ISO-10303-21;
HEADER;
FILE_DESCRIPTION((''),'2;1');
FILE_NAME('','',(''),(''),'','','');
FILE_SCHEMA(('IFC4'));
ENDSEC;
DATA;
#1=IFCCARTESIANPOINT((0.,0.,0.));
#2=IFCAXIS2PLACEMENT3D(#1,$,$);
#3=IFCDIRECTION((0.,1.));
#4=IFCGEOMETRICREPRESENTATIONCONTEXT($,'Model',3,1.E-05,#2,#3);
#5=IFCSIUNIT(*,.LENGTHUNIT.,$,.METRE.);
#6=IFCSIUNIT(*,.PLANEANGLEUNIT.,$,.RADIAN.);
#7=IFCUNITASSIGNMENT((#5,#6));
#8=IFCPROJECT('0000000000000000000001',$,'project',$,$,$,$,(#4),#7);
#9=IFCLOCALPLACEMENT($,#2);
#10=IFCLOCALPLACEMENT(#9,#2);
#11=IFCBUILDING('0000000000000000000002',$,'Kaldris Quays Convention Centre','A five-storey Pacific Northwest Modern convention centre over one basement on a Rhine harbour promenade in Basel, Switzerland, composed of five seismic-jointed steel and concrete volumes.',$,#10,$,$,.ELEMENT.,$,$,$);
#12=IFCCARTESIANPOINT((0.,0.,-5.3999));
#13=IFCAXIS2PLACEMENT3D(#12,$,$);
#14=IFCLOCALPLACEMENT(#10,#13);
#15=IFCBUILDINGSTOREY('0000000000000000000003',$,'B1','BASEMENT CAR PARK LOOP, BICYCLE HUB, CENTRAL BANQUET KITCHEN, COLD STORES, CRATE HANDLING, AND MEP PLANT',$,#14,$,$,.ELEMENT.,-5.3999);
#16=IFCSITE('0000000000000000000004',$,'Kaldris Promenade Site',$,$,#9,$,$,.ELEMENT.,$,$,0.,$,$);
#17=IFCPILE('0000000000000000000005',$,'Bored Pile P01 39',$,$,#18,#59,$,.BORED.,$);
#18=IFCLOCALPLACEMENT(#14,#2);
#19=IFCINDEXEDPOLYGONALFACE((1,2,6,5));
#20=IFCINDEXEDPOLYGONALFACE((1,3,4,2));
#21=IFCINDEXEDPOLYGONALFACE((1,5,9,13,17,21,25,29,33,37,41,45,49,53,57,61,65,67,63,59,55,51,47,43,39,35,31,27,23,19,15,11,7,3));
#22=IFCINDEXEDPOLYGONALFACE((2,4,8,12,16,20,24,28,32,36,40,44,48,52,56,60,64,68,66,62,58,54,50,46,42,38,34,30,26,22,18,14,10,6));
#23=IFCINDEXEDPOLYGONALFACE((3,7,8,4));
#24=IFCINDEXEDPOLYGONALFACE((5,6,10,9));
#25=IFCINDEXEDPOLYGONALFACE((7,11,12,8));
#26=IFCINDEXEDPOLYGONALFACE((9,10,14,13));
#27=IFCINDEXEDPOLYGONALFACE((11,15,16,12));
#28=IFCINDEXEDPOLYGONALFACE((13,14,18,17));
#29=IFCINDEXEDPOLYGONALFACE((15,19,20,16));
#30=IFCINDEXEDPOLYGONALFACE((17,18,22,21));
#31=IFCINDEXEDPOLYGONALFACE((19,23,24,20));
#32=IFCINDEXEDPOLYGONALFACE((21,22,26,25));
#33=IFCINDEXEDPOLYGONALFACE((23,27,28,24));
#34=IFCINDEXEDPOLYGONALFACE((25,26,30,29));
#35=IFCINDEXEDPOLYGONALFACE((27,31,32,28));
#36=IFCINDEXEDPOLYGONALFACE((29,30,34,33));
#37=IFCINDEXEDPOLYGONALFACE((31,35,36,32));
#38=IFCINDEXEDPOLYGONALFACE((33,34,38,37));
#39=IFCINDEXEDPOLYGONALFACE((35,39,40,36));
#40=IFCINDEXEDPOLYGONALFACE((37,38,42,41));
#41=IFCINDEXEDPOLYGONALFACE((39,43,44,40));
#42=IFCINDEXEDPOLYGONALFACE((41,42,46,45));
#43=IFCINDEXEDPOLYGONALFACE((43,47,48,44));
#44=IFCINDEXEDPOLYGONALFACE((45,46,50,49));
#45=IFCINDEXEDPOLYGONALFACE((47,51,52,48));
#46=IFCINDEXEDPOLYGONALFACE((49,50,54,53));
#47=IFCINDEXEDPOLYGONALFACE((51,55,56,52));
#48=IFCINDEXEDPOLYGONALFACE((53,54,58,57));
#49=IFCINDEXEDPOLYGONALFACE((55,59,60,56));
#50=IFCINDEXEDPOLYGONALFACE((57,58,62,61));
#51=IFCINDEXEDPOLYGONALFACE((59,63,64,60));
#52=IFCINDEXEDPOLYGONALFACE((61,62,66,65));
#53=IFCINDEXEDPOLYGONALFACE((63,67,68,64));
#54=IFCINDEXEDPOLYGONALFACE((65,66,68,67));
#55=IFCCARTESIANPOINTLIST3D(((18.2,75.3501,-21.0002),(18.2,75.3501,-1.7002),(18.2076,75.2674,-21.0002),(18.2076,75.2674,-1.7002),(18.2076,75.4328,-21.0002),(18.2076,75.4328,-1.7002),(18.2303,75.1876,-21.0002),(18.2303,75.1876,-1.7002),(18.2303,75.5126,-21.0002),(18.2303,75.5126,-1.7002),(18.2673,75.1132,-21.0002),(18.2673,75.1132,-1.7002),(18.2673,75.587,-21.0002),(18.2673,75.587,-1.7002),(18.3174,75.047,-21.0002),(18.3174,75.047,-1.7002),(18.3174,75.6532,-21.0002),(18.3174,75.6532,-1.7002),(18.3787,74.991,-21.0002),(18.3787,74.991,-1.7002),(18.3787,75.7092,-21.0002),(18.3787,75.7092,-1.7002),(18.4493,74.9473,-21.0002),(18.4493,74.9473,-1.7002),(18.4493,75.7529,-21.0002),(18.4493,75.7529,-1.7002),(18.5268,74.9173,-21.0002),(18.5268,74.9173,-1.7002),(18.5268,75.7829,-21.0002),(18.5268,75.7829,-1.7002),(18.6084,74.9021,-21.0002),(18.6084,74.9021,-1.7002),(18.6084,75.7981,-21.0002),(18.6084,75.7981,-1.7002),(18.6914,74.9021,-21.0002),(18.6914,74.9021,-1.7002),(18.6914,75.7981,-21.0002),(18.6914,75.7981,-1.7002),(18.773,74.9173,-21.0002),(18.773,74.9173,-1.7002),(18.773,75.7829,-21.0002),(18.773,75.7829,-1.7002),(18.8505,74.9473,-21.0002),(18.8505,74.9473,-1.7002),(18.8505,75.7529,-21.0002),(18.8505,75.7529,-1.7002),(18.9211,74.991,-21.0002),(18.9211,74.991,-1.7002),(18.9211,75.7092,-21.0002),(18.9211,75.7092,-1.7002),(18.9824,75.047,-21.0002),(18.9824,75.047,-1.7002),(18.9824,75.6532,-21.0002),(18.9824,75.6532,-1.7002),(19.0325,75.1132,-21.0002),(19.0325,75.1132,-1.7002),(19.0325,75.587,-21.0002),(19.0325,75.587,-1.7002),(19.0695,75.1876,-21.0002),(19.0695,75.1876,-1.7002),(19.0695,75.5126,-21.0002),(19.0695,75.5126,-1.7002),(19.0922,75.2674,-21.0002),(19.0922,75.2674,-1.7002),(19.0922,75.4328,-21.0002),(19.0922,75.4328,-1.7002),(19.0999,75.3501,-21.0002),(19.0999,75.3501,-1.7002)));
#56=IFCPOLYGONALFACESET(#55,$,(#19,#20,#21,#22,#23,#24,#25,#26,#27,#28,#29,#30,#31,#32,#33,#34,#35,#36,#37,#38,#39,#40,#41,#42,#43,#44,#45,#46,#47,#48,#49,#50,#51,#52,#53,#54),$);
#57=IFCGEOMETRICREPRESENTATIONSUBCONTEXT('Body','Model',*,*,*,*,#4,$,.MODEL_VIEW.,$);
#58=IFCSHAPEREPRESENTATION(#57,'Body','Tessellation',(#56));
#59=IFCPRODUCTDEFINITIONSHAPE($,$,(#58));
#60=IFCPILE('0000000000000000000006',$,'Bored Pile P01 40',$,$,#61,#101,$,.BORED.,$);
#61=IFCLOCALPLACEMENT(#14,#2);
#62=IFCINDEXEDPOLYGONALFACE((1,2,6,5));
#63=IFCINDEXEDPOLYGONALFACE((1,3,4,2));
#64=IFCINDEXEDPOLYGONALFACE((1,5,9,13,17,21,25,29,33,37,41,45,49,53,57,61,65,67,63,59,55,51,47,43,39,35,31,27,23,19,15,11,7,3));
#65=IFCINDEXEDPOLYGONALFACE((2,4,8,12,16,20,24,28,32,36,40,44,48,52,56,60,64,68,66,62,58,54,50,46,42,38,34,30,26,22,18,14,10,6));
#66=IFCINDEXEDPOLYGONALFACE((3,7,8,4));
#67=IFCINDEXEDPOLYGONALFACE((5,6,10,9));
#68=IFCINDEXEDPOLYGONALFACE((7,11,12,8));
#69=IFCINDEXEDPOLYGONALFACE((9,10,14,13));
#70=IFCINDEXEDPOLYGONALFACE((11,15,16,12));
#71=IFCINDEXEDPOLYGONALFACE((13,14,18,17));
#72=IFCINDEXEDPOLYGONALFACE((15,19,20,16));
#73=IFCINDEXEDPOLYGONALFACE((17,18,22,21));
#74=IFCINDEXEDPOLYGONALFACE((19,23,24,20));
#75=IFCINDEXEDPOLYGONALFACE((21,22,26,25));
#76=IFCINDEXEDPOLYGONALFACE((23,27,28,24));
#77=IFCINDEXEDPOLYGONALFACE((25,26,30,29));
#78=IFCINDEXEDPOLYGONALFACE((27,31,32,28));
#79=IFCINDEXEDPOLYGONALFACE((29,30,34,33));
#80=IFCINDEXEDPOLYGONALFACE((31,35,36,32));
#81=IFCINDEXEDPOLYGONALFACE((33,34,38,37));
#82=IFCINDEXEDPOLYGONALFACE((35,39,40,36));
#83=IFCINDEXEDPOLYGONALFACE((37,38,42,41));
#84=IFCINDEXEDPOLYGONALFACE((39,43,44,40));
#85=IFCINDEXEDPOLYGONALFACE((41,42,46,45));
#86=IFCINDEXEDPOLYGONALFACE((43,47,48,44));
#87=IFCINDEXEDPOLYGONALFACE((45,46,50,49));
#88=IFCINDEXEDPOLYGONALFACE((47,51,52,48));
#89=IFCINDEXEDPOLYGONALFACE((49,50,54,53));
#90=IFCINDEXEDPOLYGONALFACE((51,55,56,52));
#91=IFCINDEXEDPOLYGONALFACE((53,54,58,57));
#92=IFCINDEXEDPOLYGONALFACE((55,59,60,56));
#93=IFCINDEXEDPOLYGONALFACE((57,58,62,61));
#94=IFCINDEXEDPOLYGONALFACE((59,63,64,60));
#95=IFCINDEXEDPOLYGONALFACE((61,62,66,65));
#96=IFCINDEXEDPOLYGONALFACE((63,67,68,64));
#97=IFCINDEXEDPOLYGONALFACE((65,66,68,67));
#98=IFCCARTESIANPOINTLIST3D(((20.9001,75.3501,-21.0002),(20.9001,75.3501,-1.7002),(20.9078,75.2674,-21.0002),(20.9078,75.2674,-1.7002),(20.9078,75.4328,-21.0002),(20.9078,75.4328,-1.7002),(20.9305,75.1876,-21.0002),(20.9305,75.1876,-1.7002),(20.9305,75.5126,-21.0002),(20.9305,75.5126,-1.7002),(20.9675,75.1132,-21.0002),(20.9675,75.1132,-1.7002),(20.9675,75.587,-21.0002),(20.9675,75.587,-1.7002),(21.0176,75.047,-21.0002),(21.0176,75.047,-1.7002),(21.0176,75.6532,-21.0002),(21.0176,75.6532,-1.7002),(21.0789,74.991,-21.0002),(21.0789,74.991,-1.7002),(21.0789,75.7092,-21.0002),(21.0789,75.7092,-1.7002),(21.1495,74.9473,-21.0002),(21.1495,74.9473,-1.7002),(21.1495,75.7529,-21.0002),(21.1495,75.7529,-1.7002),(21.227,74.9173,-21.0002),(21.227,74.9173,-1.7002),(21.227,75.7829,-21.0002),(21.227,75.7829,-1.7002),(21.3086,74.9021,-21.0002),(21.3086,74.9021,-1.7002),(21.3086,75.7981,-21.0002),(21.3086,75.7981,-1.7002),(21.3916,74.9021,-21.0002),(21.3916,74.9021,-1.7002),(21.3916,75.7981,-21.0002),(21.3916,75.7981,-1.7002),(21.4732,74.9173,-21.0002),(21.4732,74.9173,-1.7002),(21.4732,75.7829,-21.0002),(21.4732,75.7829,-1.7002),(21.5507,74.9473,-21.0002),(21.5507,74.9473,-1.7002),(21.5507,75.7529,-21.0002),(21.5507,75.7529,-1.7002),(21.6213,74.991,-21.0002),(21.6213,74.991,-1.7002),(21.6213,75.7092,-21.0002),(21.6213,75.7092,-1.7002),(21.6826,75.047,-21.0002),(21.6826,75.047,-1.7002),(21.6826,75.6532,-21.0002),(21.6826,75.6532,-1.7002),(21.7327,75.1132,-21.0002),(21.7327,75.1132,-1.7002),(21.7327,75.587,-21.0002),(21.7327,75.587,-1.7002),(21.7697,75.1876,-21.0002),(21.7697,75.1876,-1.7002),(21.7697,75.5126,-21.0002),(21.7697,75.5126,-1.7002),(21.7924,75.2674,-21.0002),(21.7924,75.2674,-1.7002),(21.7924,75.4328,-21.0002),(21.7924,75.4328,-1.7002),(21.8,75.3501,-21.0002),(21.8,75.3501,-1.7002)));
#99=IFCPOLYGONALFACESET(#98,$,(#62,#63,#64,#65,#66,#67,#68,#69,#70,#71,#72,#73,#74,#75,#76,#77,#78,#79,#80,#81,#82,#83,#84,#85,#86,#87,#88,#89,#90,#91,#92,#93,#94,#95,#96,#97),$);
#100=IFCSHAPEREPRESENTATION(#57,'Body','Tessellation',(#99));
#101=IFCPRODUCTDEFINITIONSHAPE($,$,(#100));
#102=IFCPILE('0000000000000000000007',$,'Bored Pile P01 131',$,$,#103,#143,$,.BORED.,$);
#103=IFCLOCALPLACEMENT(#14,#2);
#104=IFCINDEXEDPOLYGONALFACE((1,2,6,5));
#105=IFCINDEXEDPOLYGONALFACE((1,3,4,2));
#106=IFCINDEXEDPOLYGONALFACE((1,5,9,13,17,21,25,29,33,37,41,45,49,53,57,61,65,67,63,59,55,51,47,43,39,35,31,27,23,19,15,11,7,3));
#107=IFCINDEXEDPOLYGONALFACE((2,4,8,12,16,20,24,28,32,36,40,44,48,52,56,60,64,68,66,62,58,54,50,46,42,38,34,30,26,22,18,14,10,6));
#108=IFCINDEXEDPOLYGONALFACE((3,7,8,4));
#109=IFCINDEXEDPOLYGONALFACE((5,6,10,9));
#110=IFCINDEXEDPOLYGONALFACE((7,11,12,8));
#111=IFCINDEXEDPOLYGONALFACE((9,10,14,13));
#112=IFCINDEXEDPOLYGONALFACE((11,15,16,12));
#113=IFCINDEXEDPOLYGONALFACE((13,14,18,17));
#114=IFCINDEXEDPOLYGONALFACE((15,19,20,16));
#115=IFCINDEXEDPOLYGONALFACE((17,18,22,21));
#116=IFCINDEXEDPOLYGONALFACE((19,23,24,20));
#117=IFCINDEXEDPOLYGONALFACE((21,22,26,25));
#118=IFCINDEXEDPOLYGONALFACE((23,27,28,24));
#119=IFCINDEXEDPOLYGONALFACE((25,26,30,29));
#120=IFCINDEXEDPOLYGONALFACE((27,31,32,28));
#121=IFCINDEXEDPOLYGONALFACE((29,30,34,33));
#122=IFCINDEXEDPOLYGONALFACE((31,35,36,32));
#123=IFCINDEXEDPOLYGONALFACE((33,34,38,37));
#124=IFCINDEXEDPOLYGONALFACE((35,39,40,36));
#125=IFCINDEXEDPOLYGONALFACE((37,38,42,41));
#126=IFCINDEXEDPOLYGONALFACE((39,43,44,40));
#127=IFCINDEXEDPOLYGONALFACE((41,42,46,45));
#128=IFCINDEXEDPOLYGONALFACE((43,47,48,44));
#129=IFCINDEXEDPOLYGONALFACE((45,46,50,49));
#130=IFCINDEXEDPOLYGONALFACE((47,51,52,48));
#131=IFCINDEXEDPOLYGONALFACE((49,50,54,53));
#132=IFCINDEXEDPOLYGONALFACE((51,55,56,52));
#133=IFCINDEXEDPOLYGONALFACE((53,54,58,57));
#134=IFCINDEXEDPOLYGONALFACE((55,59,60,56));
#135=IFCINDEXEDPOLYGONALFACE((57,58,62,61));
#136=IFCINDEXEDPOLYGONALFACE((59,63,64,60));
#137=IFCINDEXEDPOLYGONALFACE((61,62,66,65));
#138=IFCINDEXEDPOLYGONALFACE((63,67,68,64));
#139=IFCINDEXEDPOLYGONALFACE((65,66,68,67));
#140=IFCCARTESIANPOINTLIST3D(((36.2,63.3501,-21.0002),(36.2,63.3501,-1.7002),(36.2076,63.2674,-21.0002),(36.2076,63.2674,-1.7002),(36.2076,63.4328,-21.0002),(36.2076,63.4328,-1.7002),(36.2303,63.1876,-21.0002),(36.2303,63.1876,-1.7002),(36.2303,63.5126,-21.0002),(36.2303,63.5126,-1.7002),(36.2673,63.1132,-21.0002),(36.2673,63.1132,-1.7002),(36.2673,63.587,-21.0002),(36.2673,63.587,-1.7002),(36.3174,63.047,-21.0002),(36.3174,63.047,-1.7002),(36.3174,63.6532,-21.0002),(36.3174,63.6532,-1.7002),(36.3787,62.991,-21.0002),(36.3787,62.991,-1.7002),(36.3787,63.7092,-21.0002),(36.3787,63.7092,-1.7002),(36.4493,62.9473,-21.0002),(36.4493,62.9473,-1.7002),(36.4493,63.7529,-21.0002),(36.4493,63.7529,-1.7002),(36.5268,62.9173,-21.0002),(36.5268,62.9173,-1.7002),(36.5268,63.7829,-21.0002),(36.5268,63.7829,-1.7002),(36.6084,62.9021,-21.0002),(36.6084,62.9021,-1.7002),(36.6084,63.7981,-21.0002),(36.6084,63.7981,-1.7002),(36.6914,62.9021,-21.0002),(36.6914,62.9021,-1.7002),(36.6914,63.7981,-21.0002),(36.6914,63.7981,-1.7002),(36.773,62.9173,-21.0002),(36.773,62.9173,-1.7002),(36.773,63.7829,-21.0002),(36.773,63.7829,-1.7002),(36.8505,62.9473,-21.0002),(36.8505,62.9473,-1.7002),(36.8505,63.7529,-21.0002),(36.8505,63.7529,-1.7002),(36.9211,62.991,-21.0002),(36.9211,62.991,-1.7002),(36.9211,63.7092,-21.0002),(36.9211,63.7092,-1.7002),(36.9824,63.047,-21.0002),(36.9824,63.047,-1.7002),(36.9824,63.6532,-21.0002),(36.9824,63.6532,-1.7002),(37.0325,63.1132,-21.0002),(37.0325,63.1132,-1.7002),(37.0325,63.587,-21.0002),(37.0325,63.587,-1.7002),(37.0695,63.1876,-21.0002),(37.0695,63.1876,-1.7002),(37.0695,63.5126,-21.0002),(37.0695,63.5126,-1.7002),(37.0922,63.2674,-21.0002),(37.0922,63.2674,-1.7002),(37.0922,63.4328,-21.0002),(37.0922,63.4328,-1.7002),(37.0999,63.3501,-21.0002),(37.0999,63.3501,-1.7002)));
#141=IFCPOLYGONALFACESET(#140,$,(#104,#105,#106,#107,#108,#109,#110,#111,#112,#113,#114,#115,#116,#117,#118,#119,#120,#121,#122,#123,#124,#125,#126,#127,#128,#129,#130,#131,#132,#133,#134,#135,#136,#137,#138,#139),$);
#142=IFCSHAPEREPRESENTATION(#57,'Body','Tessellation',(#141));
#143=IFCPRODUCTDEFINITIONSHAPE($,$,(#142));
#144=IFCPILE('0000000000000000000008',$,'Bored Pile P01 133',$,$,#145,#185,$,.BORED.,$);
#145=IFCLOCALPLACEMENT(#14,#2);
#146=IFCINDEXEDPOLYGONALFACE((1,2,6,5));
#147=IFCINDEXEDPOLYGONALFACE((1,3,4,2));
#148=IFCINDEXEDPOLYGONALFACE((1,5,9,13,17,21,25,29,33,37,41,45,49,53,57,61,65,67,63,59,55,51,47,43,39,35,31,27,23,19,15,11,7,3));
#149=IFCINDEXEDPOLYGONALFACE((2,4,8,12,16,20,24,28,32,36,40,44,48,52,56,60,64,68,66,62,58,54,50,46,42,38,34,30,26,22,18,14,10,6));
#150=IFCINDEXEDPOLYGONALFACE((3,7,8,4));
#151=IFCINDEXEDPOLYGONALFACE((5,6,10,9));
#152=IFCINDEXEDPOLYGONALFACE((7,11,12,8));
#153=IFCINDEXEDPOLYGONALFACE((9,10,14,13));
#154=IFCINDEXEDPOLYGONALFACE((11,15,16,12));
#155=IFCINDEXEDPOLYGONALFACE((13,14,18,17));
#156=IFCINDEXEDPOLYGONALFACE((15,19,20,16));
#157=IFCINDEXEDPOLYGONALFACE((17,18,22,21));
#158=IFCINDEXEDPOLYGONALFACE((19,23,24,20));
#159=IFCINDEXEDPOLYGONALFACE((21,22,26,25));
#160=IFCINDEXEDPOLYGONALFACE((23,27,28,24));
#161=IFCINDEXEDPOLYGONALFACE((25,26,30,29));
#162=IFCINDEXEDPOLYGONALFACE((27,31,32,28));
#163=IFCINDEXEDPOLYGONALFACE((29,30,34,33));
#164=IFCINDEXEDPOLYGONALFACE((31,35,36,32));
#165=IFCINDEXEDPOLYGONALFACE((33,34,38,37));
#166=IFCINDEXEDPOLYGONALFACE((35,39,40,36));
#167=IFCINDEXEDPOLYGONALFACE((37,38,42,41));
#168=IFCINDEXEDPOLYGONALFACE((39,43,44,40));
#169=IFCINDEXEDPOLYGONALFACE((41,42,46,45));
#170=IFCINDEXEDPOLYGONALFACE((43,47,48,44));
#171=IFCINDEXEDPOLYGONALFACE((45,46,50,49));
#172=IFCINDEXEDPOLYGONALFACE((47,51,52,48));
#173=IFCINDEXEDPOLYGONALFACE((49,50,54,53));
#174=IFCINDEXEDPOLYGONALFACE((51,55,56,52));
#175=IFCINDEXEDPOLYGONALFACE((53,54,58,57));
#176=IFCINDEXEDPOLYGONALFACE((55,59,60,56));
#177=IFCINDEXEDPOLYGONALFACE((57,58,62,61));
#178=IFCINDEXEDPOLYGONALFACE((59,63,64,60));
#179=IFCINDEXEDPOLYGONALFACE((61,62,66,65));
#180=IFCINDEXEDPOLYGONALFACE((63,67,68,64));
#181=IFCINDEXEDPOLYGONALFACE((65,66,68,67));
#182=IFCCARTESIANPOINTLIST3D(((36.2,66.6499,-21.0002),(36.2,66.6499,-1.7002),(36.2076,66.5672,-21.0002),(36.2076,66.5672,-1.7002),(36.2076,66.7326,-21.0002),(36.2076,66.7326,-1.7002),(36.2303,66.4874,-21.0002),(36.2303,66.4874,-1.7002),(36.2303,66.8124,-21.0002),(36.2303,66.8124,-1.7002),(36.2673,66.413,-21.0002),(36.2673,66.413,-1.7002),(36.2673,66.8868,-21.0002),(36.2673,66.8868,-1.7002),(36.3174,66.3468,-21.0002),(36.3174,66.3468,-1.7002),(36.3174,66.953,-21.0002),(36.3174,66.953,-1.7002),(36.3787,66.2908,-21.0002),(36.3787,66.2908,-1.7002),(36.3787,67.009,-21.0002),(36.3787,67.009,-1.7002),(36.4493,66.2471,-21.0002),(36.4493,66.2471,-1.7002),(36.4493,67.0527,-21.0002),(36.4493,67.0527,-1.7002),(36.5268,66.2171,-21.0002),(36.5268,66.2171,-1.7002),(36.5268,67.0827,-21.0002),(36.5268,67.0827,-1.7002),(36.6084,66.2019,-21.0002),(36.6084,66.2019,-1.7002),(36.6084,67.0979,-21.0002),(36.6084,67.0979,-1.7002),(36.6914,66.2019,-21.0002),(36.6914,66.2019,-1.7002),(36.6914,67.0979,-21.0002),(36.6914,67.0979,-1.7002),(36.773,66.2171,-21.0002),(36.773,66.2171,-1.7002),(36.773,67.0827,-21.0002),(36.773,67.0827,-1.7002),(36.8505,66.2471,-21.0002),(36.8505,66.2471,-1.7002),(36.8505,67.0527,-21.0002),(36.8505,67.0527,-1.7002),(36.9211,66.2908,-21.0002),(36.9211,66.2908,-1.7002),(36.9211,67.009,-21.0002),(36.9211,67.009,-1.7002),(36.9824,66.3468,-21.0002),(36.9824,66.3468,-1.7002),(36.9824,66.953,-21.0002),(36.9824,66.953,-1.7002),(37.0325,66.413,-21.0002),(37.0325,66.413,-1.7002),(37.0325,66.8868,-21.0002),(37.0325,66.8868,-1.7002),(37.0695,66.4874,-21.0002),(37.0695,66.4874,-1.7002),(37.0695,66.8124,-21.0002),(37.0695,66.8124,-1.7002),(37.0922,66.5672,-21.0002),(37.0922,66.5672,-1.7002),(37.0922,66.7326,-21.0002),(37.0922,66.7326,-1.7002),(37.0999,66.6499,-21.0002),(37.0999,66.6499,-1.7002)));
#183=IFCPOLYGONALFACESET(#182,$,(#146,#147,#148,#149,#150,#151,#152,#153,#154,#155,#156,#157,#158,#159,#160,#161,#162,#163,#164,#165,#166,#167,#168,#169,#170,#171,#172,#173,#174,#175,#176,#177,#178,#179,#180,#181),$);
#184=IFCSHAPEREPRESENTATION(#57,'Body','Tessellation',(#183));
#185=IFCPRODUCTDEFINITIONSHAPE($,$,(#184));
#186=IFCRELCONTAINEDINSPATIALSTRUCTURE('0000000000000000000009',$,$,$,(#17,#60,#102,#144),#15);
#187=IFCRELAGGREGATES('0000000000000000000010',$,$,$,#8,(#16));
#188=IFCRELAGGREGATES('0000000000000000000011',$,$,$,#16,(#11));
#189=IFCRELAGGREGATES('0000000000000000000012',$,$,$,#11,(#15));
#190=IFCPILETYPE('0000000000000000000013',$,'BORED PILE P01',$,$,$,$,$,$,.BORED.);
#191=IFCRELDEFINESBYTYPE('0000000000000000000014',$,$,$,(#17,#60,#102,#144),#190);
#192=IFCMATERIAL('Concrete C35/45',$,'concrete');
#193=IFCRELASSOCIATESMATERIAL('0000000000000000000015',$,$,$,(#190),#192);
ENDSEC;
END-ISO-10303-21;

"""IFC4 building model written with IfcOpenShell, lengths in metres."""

from ifc_helpers import new_model, si_unit, direction, frame, origin, origin_2d, place, context, subcontext, project, spatial, circle, extrude, material, material_profile, profile_set, type_object, element, save


model = new_model("IFC4")

# Units and contexts
model_context = context("Model", 3, precision=1e-05, world=origin(), true_north=direction((0.0, 1.0)))
body_context = subcontext(model_context, "Body", "Model", "MODEL_VIEW")
ifc_project = project(units=[si_unit("LENGTHUNIT", "METRE"), si_unit("PLANEANGLEUNIT", "RADIAN")], contexts=[model_context])

# Site, building, storey
site_placement = place(None, origin())
site = spatial("IfcSite", under=ifc_project, at=site_placement, Name="Kaldris Promenade Site", CompositionType="ELEMENT", RefElevation=0.0)
building_placement = place(site_placement, origin())
building = spatial("IfcBuilding", under=site, at=building_placement, Name="Kaldris Quays Convention Centre", Description="A five-storey Pacific Northwest Modern convention centre over one basement on a Rhine harbour promenade in Basel, Switzerland, composed of five seismic-jointed steel and concrete volumes.", CompositionType="ELEMENT")
storey_placement = place(building_placement, frame((0.0, 0.0, -5.3999)))
storey = spatial("IfcBuildingStorey", under=building, at=storey_placement, Name="B1", Description="BASEMENT CAR PARK LOOP, BICYCLE HUB, CENTRAL BANQUET KITCHEN, COLD STORES, CRATE HANDLING, AND MEP PLANT", CompositionType="ELEMENT", Elevation=-5.3999)

# Piles
ifc_material_1 = material(Name="Concrete C35/45", Category="concrete")
ifc_material_profile_1 = material_profile(ifc_material_1, circle(Radius=0.45, at=origin_2d()), Name="BORED PILE D900")
ifc_profile_set_1 = profile_set([ifc_material_profile_1], Name="Concrete C35/45")
pile_type = type_object("IfcPileType", Name="BORED PILE P01", PredefinedType="BORED", material=ifc_profile_set_1)
for number, where, z_axis, x_axis, name in (
    (1, (18.6499, 75.3501, -1.7002), (0.0, 0.0, -1.0), (1.0, 0.0, 0.0), "Bored Pile P01 39"),
    (2, (21.3501, 75.3501, -1.7002), (0.0, 0.0, -1.0), (1.0, 0.0, 0.0), "Bored Pile P01 40"),
    (3, (36.6499, 63.3501, -1.7002), (0.0, 0.0, -1.0), (1.0, 0.0, 0.0), "Bored Pile P01 131"),
    (4, (36.6499, 66.6499, -1.7002), (0.0, 0.0, -1.0), (1.0, 0.0, 0.0), "Bored Pile P01 133"),
):
    element("IfcPile", number, at=place(storey_placement, frame(where, z_axis=z_axis, x_axis=x_axis)), inside=storey, type_object=pile_type, Name=name, PredefinedType="BORED", context=body_context, shape_type="SweptSolid", body=[
        extrude(circle(Radius=0.45, at=origin_2d()), origin(), (0.0, 0.0, 1.0), 19.3),
    ])

save(model, "model.ifc")
